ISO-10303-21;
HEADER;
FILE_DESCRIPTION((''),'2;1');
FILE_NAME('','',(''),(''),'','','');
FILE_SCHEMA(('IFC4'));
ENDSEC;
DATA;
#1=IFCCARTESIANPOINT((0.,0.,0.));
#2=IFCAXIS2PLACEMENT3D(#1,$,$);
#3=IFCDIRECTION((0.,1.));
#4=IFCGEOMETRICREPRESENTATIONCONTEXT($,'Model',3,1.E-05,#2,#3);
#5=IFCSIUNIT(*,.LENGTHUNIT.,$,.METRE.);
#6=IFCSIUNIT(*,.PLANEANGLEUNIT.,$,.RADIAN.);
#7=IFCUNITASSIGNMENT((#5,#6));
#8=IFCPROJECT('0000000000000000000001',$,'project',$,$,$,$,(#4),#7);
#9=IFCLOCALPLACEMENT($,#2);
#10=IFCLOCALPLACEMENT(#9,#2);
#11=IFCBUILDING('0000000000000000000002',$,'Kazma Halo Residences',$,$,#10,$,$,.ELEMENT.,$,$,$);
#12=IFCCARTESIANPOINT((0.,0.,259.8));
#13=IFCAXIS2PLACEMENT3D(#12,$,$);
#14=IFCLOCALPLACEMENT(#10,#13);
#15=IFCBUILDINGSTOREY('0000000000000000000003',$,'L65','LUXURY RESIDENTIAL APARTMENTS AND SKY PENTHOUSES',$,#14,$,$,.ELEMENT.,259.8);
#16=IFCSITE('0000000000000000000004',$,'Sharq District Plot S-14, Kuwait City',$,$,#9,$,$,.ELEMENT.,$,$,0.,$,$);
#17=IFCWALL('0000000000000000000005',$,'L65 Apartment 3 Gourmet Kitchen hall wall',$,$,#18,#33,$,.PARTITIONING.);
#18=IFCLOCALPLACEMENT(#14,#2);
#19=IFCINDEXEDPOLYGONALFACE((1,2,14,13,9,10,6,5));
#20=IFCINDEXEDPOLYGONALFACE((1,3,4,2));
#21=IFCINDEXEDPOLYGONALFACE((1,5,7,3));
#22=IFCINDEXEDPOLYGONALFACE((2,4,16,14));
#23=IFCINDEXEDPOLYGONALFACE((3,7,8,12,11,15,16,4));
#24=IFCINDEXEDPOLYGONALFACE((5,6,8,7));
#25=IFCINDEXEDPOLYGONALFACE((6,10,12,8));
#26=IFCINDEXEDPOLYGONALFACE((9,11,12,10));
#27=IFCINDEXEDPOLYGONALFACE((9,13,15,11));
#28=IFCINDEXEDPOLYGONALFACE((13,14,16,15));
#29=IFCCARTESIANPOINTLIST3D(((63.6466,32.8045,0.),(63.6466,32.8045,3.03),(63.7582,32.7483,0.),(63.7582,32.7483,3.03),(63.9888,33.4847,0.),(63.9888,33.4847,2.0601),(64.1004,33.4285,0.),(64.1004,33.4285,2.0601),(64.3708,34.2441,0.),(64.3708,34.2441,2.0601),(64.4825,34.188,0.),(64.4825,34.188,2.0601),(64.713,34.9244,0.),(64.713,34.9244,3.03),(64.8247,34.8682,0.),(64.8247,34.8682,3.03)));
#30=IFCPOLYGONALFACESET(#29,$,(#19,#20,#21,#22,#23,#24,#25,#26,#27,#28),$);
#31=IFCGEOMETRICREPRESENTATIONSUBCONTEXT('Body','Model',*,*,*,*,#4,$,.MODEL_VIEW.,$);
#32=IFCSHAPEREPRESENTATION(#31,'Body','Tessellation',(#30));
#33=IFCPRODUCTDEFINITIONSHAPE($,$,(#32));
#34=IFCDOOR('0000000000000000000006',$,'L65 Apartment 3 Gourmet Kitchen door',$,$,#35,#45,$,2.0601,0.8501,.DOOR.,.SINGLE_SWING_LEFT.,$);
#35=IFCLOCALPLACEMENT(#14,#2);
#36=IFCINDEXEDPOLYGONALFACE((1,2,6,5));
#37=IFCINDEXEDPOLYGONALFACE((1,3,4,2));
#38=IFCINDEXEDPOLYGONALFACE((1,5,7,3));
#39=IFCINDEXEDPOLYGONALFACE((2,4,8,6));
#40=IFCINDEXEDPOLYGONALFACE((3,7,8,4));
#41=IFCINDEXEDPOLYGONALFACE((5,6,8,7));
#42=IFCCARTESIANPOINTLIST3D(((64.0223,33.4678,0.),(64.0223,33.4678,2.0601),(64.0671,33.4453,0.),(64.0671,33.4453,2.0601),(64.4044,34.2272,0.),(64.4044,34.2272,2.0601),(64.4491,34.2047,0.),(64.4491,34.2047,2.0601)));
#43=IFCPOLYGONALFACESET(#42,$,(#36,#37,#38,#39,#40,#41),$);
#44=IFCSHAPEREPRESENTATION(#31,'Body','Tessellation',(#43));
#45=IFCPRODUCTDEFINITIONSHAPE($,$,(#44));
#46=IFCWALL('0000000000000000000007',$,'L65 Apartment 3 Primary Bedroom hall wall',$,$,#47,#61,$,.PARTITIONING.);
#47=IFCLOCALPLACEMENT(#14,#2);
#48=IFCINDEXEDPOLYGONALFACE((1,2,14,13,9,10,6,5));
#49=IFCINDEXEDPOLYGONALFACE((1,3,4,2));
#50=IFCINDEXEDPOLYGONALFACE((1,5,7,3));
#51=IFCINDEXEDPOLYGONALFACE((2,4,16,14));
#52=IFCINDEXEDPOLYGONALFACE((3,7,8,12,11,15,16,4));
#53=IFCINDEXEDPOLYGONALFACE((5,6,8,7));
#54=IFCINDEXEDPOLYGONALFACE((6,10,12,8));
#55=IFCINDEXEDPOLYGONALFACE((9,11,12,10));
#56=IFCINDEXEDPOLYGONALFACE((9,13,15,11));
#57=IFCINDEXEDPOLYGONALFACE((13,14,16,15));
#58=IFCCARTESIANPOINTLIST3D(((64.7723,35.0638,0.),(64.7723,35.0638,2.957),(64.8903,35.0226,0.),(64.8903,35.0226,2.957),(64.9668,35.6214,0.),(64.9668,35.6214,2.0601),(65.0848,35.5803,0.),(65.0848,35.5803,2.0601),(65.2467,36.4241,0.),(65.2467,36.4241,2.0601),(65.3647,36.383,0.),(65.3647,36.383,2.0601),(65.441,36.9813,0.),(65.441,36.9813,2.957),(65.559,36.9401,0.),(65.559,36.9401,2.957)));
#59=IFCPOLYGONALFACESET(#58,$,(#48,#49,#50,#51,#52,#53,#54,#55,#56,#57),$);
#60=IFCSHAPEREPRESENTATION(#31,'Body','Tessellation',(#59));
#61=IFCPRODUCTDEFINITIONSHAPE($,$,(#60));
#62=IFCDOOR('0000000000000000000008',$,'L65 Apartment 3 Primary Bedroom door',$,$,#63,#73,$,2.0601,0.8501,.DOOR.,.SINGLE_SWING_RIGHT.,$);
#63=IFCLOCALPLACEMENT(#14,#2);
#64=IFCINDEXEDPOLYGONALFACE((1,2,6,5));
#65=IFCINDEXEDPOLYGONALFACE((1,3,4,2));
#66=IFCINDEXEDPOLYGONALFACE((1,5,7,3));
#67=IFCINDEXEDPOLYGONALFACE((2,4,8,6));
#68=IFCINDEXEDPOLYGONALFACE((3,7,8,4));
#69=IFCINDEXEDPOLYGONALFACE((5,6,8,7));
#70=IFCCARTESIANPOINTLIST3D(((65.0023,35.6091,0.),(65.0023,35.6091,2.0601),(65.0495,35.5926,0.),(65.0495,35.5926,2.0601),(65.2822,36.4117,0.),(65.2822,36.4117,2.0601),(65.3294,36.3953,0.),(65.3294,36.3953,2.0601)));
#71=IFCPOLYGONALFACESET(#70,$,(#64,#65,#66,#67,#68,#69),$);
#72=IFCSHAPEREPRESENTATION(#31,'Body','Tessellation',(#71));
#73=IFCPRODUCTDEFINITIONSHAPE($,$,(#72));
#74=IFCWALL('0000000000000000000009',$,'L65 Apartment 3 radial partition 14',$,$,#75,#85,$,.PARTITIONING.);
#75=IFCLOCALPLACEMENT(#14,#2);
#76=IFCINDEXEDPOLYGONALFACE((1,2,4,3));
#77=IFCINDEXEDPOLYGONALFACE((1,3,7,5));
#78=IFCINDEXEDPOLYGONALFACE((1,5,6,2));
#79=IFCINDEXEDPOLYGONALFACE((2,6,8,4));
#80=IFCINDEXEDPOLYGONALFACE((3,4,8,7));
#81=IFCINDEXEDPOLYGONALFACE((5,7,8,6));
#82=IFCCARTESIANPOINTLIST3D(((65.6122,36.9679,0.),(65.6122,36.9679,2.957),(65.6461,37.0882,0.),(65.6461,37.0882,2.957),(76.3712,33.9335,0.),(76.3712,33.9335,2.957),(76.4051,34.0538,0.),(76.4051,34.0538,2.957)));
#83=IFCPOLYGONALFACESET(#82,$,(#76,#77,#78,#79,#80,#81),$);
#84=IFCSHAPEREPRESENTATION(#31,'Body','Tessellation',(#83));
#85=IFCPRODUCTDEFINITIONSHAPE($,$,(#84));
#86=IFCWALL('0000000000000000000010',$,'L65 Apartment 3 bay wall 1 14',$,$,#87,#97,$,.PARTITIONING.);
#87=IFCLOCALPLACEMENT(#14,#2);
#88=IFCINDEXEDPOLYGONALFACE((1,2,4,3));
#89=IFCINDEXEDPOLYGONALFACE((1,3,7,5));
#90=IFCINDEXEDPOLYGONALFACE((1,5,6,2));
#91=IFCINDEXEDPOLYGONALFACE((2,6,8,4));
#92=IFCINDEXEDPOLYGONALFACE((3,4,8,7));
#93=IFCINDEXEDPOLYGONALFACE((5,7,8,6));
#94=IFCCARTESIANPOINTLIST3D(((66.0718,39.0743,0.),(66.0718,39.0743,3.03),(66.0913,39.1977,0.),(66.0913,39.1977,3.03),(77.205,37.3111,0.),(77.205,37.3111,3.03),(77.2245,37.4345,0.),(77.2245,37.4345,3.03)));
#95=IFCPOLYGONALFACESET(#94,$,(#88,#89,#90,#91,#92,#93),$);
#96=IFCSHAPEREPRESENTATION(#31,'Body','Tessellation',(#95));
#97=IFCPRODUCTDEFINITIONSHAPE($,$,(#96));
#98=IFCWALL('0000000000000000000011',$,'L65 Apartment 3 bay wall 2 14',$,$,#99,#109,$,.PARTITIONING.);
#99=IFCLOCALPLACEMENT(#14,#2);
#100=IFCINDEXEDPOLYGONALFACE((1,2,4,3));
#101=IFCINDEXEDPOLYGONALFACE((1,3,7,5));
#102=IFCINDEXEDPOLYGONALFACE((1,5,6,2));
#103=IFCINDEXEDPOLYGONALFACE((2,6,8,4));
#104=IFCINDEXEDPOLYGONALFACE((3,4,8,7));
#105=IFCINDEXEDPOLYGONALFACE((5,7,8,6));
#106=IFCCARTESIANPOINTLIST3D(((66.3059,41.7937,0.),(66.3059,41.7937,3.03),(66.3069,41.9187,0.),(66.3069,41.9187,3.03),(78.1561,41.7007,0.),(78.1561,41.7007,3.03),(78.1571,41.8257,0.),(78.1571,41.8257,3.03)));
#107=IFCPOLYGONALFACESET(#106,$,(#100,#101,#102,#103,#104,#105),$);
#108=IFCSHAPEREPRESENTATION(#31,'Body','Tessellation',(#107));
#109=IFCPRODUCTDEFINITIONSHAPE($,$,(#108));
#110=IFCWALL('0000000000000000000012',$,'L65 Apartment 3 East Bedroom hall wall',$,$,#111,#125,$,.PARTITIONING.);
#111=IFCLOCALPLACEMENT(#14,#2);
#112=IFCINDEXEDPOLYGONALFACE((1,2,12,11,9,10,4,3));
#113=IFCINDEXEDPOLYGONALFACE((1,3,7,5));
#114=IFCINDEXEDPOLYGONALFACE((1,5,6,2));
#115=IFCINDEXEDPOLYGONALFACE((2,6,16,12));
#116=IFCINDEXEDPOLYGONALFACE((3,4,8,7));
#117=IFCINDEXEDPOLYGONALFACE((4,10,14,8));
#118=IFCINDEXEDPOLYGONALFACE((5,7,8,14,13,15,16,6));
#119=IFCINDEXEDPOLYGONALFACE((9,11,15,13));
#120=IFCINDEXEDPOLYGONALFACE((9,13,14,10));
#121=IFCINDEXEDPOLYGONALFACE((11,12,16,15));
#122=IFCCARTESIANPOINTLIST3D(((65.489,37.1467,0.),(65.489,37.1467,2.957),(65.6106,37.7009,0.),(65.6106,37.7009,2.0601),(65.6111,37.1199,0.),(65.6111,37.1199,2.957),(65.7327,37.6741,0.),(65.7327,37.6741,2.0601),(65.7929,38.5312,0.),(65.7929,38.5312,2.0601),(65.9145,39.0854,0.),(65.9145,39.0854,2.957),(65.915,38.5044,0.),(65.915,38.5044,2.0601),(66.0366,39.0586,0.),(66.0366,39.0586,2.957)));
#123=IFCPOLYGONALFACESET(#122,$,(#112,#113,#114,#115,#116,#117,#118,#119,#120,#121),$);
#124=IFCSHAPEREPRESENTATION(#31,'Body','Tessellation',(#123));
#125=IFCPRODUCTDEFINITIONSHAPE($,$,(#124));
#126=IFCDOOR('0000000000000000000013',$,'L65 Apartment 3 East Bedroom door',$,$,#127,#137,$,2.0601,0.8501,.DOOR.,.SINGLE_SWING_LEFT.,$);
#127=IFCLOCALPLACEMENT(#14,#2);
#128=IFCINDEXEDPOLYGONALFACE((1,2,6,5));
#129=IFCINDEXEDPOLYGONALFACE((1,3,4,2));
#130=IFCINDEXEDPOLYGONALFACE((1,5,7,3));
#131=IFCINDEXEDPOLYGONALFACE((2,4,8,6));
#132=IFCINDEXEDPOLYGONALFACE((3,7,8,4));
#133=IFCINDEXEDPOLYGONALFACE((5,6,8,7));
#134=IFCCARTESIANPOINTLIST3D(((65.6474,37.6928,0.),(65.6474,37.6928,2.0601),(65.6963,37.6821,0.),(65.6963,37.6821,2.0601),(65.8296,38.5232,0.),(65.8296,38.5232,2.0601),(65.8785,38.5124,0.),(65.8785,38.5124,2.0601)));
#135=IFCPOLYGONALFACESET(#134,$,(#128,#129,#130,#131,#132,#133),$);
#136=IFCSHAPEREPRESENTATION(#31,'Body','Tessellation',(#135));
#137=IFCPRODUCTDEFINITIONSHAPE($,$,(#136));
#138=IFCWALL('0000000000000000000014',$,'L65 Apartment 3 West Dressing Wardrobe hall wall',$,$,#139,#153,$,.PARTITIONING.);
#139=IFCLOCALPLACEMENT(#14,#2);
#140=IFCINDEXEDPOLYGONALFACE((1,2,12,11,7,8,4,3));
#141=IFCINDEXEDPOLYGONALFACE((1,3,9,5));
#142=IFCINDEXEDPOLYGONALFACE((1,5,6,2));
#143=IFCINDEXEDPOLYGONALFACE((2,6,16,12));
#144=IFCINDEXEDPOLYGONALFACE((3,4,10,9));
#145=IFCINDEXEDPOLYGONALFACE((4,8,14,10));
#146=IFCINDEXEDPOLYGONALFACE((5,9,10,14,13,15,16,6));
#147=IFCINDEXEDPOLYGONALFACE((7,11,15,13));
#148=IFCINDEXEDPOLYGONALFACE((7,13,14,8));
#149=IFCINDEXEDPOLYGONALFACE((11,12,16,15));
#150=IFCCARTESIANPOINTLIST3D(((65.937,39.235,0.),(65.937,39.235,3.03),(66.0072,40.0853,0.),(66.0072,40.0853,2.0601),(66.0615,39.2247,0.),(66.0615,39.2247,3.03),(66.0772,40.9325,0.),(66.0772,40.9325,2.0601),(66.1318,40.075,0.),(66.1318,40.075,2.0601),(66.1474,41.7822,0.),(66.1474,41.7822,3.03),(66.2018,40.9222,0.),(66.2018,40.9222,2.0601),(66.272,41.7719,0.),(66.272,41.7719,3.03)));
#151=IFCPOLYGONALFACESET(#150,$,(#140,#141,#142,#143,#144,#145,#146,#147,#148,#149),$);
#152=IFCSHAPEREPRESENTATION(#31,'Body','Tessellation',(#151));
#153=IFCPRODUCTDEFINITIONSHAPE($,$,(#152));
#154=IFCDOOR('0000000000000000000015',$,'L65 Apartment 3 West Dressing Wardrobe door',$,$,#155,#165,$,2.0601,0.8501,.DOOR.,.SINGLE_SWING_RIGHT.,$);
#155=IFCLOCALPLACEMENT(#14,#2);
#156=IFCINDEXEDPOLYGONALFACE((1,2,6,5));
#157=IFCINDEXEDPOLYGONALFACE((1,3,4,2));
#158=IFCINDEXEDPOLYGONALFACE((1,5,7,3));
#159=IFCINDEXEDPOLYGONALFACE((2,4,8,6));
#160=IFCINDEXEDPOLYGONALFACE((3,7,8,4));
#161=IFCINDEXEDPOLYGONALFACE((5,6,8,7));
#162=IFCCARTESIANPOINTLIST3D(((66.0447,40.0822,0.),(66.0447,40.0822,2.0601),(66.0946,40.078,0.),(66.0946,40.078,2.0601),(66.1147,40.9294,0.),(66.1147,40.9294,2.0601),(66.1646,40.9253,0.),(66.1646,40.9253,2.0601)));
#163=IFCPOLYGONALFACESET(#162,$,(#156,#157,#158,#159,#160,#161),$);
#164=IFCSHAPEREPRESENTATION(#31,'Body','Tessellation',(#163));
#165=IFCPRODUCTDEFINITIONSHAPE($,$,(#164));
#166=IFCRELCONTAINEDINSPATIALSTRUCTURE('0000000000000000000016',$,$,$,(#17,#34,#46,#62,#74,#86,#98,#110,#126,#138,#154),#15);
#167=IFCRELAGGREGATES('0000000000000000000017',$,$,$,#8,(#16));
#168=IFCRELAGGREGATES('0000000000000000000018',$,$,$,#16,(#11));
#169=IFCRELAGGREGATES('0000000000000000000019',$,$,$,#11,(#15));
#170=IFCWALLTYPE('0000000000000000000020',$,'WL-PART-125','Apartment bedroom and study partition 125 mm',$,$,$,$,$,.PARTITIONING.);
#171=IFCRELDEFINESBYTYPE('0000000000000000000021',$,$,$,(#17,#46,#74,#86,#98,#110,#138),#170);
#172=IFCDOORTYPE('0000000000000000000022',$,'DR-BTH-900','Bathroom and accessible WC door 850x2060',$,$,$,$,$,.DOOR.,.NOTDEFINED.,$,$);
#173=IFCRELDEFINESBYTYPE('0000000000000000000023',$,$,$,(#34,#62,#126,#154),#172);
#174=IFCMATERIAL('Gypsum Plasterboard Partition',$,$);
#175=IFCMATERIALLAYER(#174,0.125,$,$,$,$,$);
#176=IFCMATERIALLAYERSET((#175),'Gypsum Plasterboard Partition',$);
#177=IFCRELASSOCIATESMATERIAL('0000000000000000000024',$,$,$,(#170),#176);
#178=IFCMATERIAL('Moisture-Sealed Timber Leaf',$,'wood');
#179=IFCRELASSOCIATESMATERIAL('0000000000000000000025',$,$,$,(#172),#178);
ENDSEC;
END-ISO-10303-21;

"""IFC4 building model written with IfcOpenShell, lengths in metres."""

from ifc_helpers import new_model, si_unit, direction, frame, frame_2d, origin, place, context, subcontext, project, spatial, rectangle, extrude, material, layer, layer_set, type_object, element, fill, save


model = new_model("IFC4")

# Units and contexts
model_context = context("Model", 3, precision=1e-05, world=origin(), true_north=direction((0.0, 1.0)))
body_context = subcontext(model_context, "Body", "Model", "MODEL_VIEW")
ifc_project = project(units=[si_unit("LENGTHUNIT", "METRE"), si_unit("PLANEANGLEUNIT", "RADIAN")], contexts=[model_context])

# Site, building, storey
site_placement = place(None, origin())
site = spatial("IfcSite", under=ifc_project, at=site_placement, Name="Sharq District Plot S-14, Kuwait City", CompositionType="ELEMENT", RefElevation=0.0)
building_placement = place(site_placement, origin())
building = spatial("IfcBuilding", under=site, at=building_placement, Name="Kazma Halo Residences", CompositionType="ELEMENT")
storey_placement = place(building_placement, frame((0.0, 0.0, 259.8)))
storey = spatial("IfcBuildingStorey", under=building, at=storey_placement, Name="L65", Description="LUXURY RESIDENTIAL APARTMENTS AND SKY PENTHOUSES", CompositionType="ELEMENT", Elevation=259.8)

# Shared definitions
ifc_material_1 = material(Name="Gypsum Plasterboard Partition")
ifc_layer_1 = layer(ifc_material_1, 0.125)
ifc_layer_set_1 = layer_set([ifc_layer_1], Name="Gypsum Plasterboard Partition")
wall_type_1 = type_object("IfcWallType", Name="WL-PART-125", Description="Apartment bedroom and study partition 125 mm", PredefinedType="PARTITIONING", material=ifc_layer_set_1)

# Walls, openings, doors
wall_1_placement = place(storey_placement, frame((63.7024, 32.7764, 0.0), z_axis=(0.0, 0.0, 1.0), x_axis=(0.449393, 0.893334, 0.0)))
wall_1 = element("IfcWall", 1, at=wall_1_placement, inside=storey, type_object=wall_type_1, Name="L65 Apartment 3 Gourmet Kitchen hall wall", PredefinedType="PARTITIONING", context=body_context, shape_type="SweptSolid", body=[
    extrude(rectangle(XDim=2.373, YDim=0.125, at=frame_2d((1.1865, 0.0))), origin(), (0.0, 0.0, 1.0), 3.03),
])
opening_1_placement = place(wall_1_placement, frame((0.7615, 0.0, 0.0)))
opening_1 = element("IfcOpeningElement", 2, at=opening_1_placement, cuts=wall_1, PredefinedType="OPENING", context=body_context, shape_type="SweptSolid", body=[
    extrude(rectangle(XDim=0.8501, YDim=2.0601, at=frame_2d((0.425, 1.03))), frame((0.0, 0.0725, 0.0), z_axis=(0.0, -1.0, 0.0), x_axis=(1.0, 0.0, 0.0)), (0.0, 0.0, 1.0), 0.145),
])
ifc_material_2 = material(Name="Moisture-Sealed Timber Leaf", Category="wood")
door_type = type_object("IfcDoorType", Name="DR-BTH-900", Description="Bathroom and accessible WC door 850x2060", OperationType="NOTDEFINED", PredefinedType="DOOR", material=ifc_material_2)
door_1_placement = place(opening_1_placement, origin())
door_1 = element("IfcDoor", 3, at=door_1_placement, inside=storey, type_object=door_type, Name="L65 Apartment 3 Gourmet Kitchen door", OperationType="SINGLE_SWING_LEFT", OverallHeight=2.0601, OverallWidth=0.8501, PredefinedType="DOOR", context=body_context, shape_type="SweptSolid", body=[
    extrude(rectangle(XDim=0.8501, YDim=2.0601, at=frame_2d((0.425, 1.03))), frame((0.0, 0.0249, 0.0), z_axis=(0.0, -1.0, 0.0), x_axis=(1.0, 0.0, 0.0)), (0.0, 0.0, 1.0), 0.05),
])
fill(opening_1, door_1)
wall_2_placement = place(storey_placement, frame((64.8313, 35.0432, 0.0), z_axis=(0.0, 0.0, 1.0), x_axis=(0.32929, 0.944229, 0.0)))
wall_2 = element("IfcWall", 4, at=wall_2_placement, inside=storey, type_object=wall_type_1, Name="L65 Apartment 3 Primary Bedroom hall wall", PredefinedType="PARTITIONING", context=body_context, shape_type="SweptSolid", body=[
    extrude(rectangle(XDim=2.0308, YDim=0.125, at=frame_2d((1.0154, 0.0))), origin(), (0.0, 0.0, 1.0), 2.957),
])
opening_2_placement = place(wall_2_placement, frame((0.5906, 0.0, 0.0)))
opening_2 = element("IfcOpeningElement", 5, at=opening_2_placement, cuts=wall_2, PredefinedType="OPENING", context=body_context, shape_type="SweptSolid", body=[
    extrude(rectangle(XDim=0.8501, YDim=2.0601, at=frame_2d((0.425, 1.03))), frame((0.0, 0.0725, 0.0), z_axis=(0.0, -1.0, 0.0), x_axis=(1.0, 0.0, 0.0)), (0.0, 0.0, 1.0), 0.145),
])
door_2_placement = place(opening_2_placement, origin())
door_2 = element("IfcDoor", 6, at=door_2_placement, inside=storey, type_object=door_type, Name="L65 Apartment 3 Primary Bedroom door", OperationType="SINGLE_SWING_RIGHT", OverallHeight=2.0601, OverallWidth=0.8501, PredefinedType="DOOR", context=body_context, shape_type="SweptSolid", body=[
    extrude(rectangle(XDim=0.8501, YDim=2.0601, at=frame_2d((0.425, 1.03))), frame((0.0, 0.0249, 0.0), z_axis=(0.0, -1.0, 0.0), x_axis=(1.0, 0.0, 0.0)), (0.0, 0.0, 1.0), 0.05),
])
fill(opening_2, door_2)

# Walls
wall_3_placement = place(storey_placement, frame((65.6292, 37.0281, 0.0), z_axis=(0.0, 0.0, 1.0), x_axis=(0.962454, -0.271446, 0.0)))
element("IfcWall", 7, at=wall_3_placement, inside=storey, type_object=wall_type_1, Name="L65 Apartment 3 radial partition 14", PredefinedType="PARTITIONING", context=body_context, shape_type="SweptSolid", body=[
    extrude(rectangle(XDim=11.1787, YDim=0.125, at=frame_2d((5.5894, 0.0))), origin(), (0.0, 0.0, 1.0), 2.957),
])
wall_4_placement = place(storey_placement, frame((66.0815, 39.136, 0.0), z_axis=(0.0, 0.0, 1.0), x_axis=(0.987691, -0.156421, 0.0)))
element("IfcWall", 8, at=wall_4_placement, inside=storey, type_object=wall_type_1, Name="L65 Apartment 3 bay wall 1 14", PredefinedType="PARTITIONING", context=body_context, shape_type="SweptSolid", body=[
    extrude(rectangle(XDim=11.272, YDim=0.125, at=frame_2d((5.636, 0.0))), origin(), (0.0, 0.0, 1.0), 3.03),
])
wall_5_placement = place(storey_placement, frame((66.3064, 41.8562, 0.0), z_axis=(0.0, 0.0, 1.0), x_axis=(0.999969, -0.007849, 0.0)))
element("IfcWall", 9, at=wall_5_placement, inside=storey, type_object=wall_type_1, Name="L65 Apartment 3 bay wall 2 14", PredefinedType="PARTITIONING", context=body_context, shape_type="SweptSolid", body=[
    extrude(rectangle(XDim=11.8506, YDim=0.125, at=frame_2d((5.9253, 0.0))), origin(), (0.0, 0.0, 1.0), 3.03),
])

# Walls, openings, doors
wall_6_placement = place(storey_placement, frame((65.55, 37.1333, 0.0), z_axis=(0.0, 0.0, 1.0), x_axis=(0.21439, 0.976748, 0.0)))
wall_6 = element("IfcWall", 10, at=wall_6_placement, inside=storey, type_object=wall_type_1, Name="L65 Apartment 3 East Bedroom hall wall", PredefinedType="PARTITIONING", context=body_context, shape_type="SweptSolid", body=[
    extrude(rectangle(XDim=1.9849, YDim=0.125, at=frame_2d((0.9924, 0.0))), origin(), (0.0, 0.0, 1.0), 2.957),
])
opening_3_placement = place(wall_6_placement, frame((0.5674, 0.0, 0.0)))
opening_3 = element("IfcOpeningElement", 11, at=opening_3_placement, cuts=wall_6, PredefinedType="OPENING", context=body_context, shape_type="SweptSolid", body=[
    extrude(rectangle(XDim=0.8501, YDim=2.0601, at=frame_2d((0.425, 1.03))), frame((0.0, 0.0725, 0.0), z_axis=(0.0, -1.0, 0.0), x_axis=(1.0, 0.0, 0.0)), (0.0, 0.0, 1.0), 0.145),
])
door_3_placement = place(opening_3_placement, origin())
door_3 = element("IfcDoor", 12, at=door_3_placement, inside=storey, type_object=door_type, Name="L65 Apartment 3 East Bedroom door", OperationType="SINGLE_SWING_LEFT", OverallHeight=2.0601, OverallWidth=0.8501, PredefinedType="DOOR", context=body_context, shape_type="SweptSolid", body=[
    extrude(rectangle(XDim=0.8501, YDim=2.0601, at=frame_2d((0.425, 1.03))), frame((0.0, 0.0249, 0.0), z_axis=(0.0, -1.0, 0.0), x_axis=(1.0, 0.0, 0.0)), (0.0, 0.0, 1.0), 0.05),
])
fill(opening_3, door_3)
wall_7_placement = place(storey_placement, frame((65.9993, 39.23, 0.0), z_axis=(0.0, 0.0, 1.0), x_axis=(0.082342, 0.996604, 0.0)))
wall_7 = element("IfcWall", 13, at=wall_7_placement, inside=storey, type_object=wall_type_1, Name="L65 Apartment 3 West Dressing Wardrobe hall wall", PredefinedType="PARTITIONING", context=body_context, shape_type="SweptSolid", body=[
    extrude(rectangle(XDim=2.5559, YDim=0.125, at=frame_2d((1.2778, 0.0))), origin(), (0.0, 0.0, 1.0), 3.03),
])
opening_4_placement = place(wall_7_placement, frame((0.853, 0.0, 0.0)))
opening_4 = element("IfcOpeningElement", 14, at=opening_4_placement, cuts=wall_7, PredefinedType="OPENING", context=body_context, shape_type="SweptSolid", body=[
    extrude(rectangle(XDim=0.8501, YDim=2.0601, at=frame_2d((0.425, 1.03))), frame((0.0, 0.0725, 0.0), z_axis=(0.0, -1.0, 0.0), x_axis=(1.0, 0.0, 0.0)), (0.0, 0.0, 1.0), 0.145),
])
door_4_placement = place(opening_4_placement, origin())
door_4 = element("IfcDoor", 15, at=door_4_placement, inside=storey, type_object=door_type, Name="L65 Apartment 3 West Dressing Wardrobe door", OperationType="SINGLE_SWING_RIGHT", OverallHeight=2.0601, OverallWidth=0.8501, PredefinedType="DOOR", context=body_context, shape_type="SweptSolid", body=[
    extrude(rectangle(XDim=0.8501, YDim=2.0601, at=frame_2d((0.425, 1.03))), frame((0.0, 0.0249, 0.0), z_axis=(0.0, -1.0, 0.0), x_axis=(1.0, 0.0, 0.0)), (0.0, 0.0, 1.0), 0.05),
])
fill(opening_4, door_4)

save(model, "model.ifc")
